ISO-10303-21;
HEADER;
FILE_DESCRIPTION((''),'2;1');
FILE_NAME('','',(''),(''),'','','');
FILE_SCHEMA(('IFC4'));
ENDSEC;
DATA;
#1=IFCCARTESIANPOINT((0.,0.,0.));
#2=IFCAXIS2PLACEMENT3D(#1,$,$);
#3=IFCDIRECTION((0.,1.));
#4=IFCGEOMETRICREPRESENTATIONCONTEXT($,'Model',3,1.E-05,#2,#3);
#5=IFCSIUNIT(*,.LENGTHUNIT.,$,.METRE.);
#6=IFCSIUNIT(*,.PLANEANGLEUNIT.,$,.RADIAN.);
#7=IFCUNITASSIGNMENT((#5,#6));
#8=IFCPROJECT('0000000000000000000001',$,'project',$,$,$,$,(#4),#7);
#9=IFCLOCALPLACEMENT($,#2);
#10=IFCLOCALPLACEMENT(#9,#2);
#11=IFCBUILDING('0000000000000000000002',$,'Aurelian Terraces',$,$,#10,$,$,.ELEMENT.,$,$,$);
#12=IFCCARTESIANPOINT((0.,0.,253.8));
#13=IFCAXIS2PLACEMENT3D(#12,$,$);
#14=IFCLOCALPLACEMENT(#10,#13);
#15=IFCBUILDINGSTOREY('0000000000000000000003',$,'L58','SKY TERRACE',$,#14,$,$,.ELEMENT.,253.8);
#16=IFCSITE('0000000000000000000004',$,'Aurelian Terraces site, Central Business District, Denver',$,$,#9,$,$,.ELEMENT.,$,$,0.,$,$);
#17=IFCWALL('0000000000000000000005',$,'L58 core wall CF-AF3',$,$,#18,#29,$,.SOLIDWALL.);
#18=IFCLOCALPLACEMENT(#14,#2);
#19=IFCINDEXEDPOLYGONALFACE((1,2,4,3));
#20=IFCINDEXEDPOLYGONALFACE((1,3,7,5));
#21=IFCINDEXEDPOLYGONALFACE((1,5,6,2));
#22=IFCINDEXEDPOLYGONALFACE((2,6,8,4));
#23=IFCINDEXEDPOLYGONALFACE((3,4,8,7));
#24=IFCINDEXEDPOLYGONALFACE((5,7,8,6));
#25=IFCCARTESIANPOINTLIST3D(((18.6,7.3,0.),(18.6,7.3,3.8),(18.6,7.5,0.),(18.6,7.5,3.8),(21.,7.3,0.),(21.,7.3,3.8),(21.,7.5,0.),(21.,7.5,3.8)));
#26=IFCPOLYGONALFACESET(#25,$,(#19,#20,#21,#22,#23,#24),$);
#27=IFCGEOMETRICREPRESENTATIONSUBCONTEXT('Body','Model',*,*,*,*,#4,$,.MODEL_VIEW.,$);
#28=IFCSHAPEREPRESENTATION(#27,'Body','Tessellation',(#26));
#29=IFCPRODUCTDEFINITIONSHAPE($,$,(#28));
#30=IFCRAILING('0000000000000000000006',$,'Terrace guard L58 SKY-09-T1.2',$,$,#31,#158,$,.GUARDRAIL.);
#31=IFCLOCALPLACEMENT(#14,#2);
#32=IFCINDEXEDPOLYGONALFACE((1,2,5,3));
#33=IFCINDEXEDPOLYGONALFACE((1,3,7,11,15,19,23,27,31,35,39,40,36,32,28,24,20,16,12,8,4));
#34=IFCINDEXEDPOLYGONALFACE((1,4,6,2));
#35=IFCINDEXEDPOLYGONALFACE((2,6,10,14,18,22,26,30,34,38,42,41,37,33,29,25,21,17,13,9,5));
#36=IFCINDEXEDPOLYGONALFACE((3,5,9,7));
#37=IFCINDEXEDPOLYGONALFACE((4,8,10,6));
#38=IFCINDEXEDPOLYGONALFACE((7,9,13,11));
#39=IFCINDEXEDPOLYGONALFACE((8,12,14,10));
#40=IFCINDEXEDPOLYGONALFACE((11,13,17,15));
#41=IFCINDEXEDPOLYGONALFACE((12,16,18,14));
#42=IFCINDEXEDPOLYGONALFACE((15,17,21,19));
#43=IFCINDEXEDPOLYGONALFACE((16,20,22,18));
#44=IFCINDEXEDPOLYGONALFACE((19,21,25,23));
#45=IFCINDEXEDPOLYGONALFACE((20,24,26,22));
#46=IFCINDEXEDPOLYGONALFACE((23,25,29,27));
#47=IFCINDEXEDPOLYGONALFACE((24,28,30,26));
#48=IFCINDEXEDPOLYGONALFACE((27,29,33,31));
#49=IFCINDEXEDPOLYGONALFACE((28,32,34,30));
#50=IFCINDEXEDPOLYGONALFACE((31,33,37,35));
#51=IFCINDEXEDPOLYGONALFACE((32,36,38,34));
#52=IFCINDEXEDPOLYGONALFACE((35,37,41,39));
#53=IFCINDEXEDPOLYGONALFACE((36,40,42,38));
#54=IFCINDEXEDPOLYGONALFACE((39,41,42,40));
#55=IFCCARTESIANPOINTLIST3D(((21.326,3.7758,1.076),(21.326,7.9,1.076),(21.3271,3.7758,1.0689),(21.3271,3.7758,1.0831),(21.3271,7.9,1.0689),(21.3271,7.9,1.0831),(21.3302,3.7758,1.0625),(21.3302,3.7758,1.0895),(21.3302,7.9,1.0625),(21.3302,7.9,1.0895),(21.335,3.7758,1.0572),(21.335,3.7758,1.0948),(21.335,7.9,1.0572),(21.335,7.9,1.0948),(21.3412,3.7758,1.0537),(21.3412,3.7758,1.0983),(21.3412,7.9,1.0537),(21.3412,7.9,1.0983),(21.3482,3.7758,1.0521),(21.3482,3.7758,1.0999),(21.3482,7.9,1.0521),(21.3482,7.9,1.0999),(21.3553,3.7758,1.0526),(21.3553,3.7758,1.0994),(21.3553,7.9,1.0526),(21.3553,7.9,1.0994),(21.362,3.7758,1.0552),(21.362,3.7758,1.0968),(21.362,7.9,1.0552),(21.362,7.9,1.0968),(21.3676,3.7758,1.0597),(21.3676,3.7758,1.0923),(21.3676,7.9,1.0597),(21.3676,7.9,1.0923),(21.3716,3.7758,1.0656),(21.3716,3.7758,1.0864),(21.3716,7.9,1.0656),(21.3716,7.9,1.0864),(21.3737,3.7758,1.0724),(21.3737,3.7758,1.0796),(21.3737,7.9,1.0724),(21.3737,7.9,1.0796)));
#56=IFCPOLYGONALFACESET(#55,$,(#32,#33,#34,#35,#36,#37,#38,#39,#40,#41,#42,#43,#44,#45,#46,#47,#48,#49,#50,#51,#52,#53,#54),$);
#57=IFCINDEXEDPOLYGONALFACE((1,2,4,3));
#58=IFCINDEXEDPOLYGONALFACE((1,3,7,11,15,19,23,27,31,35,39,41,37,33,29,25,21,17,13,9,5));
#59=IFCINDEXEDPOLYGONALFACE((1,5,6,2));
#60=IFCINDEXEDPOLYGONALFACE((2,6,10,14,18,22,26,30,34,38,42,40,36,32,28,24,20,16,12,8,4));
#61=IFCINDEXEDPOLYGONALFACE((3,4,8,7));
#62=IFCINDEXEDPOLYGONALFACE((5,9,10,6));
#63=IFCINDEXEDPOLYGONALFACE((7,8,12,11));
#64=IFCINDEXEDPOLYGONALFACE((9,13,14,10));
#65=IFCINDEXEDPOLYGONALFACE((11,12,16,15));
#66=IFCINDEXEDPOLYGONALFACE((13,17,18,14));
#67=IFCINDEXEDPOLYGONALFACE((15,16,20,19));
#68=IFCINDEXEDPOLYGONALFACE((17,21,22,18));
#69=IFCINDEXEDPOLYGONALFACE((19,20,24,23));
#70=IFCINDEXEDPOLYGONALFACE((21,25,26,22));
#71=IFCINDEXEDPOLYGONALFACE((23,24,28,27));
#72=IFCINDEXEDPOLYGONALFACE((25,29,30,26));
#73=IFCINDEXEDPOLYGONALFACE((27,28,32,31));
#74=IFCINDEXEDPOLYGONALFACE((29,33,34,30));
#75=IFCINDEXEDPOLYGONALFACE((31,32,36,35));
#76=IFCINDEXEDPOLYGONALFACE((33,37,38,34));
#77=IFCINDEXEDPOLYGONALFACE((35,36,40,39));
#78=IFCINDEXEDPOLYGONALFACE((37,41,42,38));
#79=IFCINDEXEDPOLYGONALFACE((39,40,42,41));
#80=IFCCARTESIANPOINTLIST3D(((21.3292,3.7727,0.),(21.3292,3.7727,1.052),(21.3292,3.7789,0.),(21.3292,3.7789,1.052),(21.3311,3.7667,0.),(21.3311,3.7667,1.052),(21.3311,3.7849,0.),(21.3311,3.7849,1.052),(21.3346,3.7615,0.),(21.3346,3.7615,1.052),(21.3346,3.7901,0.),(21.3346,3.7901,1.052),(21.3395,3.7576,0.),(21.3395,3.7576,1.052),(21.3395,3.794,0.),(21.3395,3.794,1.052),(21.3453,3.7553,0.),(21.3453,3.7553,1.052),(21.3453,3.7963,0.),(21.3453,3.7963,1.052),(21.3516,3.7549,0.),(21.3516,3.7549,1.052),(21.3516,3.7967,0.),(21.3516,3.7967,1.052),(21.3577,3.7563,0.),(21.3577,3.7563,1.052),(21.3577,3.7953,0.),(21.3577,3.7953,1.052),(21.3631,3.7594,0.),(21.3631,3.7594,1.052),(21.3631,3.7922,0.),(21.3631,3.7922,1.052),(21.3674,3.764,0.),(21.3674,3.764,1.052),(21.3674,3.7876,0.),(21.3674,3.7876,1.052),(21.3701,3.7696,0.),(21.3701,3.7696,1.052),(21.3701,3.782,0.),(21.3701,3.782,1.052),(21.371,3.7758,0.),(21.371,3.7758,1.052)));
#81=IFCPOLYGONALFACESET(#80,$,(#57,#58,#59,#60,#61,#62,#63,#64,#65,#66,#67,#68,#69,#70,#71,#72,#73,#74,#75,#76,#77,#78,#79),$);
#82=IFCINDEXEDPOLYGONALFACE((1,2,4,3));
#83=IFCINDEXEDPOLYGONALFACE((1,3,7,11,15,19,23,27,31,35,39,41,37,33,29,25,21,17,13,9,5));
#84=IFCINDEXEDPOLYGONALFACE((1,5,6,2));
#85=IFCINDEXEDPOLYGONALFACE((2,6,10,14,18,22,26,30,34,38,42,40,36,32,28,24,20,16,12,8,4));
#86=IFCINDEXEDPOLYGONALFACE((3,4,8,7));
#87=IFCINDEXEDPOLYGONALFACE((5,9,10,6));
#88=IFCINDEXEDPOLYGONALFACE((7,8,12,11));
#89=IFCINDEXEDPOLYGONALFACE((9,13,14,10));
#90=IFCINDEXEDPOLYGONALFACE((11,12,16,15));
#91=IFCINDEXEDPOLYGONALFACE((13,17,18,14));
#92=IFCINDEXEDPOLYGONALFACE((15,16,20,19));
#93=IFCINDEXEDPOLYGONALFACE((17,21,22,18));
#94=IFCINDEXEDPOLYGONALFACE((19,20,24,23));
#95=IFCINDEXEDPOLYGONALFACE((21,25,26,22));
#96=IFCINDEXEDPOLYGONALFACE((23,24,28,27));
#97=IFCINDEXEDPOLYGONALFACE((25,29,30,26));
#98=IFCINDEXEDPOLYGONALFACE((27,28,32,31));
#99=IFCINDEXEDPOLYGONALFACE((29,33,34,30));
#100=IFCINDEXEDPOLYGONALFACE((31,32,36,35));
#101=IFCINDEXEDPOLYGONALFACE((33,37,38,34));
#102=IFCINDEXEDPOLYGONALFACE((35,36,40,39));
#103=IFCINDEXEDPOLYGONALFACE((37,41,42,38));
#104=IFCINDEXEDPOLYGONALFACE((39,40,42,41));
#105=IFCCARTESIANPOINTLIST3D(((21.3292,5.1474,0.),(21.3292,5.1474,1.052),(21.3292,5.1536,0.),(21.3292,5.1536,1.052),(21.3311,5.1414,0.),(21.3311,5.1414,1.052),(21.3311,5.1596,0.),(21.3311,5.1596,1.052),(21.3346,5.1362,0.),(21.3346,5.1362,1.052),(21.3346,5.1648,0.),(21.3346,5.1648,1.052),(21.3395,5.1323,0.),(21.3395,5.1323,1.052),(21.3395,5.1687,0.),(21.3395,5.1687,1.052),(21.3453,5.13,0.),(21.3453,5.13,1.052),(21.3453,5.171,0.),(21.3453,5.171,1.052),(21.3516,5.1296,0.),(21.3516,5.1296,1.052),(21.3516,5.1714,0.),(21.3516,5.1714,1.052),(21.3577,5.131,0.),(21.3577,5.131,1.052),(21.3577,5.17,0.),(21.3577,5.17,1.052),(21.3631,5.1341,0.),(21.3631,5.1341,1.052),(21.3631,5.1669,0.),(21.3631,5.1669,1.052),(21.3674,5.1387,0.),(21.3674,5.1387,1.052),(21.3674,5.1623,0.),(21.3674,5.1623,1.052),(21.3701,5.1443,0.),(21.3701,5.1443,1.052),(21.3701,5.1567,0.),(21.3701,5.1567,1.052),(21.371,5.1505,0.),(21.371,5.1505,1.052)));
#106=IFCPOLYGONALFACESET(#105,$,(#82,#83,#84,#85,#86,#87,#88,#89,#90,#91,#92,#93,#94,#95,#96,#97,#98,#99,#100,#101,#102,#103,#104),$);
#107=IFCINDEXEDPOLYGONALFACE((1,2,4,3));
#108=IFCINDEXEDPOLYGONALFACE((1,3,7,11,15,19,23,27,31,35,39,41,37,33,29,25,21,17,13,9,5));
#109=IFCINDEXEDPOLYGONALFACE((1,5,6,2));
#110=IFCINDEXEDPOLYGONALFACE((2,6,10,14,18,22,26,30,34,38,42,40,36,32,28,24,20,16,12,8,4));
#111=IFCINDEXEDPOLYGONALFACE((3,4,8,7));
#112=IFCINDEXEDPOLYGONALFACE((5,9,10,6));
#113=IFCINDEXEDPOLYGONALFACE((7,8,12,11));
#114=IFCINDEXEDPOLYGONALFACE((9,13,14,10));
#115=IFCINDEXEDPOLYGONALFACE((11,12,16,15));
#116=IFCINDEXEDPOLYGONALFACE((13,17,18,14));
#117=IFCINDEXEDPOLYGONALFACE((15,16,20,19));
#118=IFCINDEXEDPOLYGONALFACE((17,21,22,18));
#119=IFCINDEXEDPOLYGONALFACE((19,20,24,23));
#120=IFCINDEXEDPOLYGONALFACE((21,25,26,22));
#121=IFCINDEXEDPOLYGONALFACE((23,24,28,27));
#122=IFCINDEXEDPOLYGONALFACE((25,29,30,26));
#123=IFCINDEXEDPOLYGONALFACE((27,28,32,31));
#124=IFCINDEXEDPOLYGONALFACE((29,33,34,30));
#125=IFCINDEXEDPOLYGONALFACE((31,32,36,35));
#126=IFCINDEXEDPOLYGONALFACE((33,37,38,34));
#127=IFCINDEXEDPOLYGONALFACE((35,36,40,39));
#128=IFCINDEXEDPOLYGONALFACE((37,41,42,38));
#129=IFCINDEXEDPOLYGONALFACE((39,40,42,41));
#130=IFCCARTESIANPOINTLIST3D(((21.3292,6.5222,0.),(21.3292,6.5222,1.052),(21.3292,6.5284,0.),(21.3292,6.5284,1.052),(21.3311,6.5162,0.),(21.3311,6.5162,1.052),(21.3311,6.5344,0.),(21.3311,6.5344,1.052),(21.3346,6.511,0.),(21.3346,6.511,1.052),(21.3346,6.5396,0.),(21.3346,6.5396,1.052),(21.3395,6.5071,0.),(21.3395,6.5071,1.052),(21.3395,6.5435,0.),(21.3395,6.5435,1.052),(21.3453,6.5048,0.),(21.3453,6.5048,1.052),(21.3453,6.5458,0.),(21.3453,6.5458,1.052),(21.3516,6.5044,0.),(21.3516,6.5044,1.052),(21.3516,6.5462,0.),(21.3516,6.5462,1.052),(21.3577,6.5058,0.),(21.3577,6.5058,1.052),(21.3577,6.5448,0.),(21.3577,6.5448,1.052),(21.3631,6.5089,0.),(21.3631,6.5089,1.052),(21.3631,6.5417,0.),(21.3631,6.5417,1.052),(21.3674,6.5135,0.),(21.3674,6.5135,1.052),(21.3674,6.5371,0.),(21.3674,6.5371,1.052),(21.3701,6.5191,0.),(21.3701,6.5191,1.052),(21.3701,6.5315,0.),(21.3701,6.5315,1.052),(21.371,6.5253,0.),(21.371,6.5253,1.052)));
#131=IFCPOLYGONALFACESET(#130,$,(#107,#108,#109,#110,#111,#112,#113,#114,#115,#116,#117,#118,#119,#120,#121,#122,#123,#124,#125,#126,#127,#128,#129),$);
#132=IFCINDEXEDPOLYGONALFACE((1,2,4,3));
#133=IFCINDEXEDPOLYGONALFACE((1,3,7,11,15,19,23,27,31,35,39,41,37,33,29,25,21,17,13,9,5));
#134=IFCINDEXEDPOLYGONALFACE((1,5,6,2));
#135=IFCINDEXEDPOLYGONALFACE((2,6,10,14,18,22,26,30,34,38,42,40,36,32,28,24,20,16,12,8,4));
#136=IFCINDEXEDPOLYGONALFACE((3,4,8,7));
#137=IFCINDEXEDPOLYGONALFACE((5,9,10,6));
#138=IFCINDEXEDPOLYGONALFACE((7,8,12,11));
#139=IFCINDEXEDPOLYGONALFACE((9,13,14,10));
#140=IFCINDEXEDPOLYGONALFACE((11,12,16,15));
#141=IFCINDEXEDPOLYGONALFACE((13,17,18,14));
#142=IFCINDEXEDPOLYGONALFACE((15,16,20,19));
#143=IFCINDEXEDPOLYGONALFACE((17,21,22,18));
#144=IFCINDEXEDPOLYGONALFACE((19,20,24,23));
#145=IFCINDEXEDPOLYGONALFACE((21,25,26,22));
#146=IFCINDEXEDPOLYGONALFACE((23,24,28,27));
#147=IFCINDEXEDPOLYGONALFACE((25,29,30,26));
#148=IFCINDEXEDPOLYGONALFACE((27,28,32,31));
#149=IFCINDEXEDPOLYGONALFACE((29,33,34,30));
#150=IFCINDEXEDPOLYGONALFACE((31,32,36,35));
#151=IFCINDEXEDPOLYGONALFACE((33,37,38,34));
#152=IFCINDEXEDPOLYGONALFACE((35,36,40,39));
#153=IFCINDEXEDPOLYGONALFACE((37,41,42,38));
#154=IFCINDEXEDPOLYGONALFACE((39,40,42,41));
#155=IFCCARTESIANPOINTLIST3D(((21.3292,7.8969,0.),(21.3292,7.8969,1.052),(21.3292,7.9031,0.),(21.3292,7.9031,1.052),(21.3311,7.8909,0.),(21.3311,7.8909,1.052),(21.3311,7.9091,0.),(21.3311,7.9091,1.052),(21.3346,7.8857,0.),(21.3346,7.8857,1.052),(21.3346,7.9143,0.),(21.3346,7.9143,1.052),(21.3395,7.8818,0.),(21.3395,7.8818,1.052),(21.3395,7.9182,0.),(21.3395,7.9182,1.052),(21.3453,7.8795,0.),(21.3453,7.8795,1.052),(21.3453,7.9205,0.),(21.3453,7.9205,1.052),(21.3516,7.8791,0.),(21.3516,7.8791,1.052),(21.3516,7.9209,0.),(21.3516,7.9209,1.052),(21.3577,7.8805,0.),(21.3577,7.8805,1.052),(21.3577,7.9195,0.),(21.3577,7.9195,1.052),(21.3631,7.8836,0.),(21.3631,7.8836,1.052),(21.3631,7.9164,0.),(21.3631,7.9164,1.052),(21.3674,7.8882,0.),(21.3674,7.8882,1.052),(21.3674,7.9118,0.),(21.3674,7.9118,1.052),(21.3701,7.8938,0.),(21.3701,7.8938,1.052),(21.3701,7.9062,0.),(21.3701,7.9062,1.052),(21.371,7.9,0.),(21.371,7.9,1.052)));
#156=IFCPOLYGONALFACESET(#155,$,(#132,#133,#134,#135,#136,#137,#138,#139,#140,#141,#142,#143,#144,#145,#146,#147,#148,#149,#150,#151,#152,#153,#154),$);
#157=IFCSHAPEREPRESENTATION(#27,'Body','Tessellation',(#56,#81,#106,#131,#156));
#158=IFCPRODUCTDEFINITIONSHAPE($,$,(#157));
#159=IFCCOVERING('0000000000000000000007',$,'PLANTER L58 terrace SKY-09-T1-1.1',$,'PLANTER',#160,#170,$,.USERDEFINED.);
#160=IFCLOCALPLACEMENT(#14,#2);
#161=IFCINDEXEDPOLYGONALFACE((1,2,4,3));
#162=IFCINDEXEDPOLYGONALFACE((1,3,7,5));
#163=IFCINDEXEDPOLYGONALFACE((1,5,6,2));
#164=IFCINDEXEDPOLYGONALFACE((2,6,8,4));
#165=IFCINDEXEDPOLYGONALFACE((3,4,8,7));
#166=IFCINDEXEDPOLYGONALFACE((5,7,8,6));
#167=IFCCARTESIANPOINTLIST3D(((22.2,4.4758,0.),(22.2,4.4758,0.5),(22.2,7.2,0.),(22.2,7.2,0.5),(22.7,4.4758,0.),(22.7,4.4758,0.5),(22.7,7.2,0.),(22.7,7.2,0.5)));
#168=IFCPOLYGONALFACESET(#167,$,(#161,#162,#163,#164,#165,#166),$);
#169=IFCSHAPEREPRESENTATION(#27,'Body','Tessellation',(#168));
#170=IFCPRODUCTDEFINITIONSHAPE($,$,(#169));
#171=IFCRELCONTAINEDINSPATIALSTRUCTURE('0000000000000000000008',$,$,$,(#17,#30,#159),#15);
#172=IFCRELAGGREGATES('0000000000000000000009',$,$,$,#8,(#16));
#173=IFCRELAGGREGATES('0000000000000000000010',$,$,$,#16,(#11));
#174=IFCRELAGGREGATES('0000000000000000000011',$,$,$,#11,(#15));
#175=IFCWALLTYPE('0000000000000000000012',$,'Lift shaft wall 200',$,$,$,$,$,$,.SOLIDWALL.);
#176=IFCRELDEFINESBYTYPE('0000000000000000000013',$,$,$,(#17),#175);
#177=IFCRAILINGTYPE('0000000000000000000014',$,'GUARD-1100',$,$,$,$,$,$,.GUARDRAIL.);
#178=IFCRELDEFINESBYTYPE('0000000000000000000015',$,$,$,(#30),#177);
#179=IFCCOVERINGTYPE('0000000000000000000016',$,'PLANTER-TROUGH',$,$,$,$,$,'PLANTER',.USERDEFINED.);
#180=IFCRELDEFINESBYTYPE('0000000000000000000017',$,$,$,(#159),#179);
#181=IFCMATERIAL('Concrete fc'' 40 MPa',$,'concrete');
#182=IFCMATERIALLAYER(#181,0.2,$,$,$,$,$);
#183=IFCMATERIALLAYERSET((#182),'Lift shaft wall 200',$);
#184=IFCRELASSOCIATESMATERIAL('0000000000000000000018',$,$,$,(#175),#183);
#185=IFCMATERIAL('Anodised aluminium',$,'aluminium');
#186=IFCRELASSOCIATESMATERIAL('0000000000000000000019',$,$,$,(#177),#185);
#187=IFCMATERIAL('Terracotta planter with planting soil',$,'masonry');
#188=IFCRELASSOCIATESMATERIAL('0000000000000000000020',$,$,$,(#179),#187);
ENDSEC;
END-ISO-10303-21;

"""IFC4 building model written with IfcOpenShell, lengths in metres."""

from ifc_helpers import new_model, si_unit, direction, frame, frame_2d, origin, origin_2d, place, context, subcontext, project, spatial, rectangle, circle, extrude, source, transform, mapped, material, layer, layer_set, type_object, element, save


model = new_model("IFC4")

# Units and contexts
model_context = context("Model", 3, precision=1e-05, world=origin(), true_north=direction((0.0, 1.0)))
body_context = subcontext(model_context, "Body", "Model", "MODEL_VIEW")
ifc_project = project(units=[si_unit("LENGTHUNIT", "METRE"), si_unit("PLANEANGLEUNIT", "RADIAN")], contexts=[model_context])

# Site, building, storey
site_placement = place(None, origin())
site = spatial("IfcSite", under=ifc_project, at=site_placement, Name="Aurelian Terraces site, Central Business District, Denver", CompositionType="ELEMENT", RefElevation=0.0)
building_placement = place(site_placement, origin())
building = spatial("IfcBuilding", under=site, at=building_placement, Name="Aurelian Terraces", CompositionType="ELEMENT")
storey_placement = place(building_placement, frame((0.0, 0.0, 253.8)))
storey = spatial("IfcBuildingStorey", under=building, at=storey_placement, Name="L58", Description="SKY TERRACE", CompositionType="ELEMENT", Elevation=253.8)

# Shared definitions
ifc_material_1 = material(Name="Concrete fc' 40 MPa", Category="concrete")

# Shared definitions
ifc_material_2 = material(Name="Anodised aluminium", Category="aluminium")

# Wall
ifc_layer_1 = layer(ifc_material_1, 0.2)
ifc_layer_set_1 = layer_set([ifc_layer_1], Name="Lift shaft wall 200")
wall_type_1 = type_object("IfcWallType", Name="Lift shaft wall 200", PredefinedType="SOLIDWALL", material=ifc_layer_set_1)
shared_shape_1 = source(origin(), body_context, "Body", "SweptSolid", [
    extrude(rectangle(XDim=2.4, YDim=0.2, at=frame_2d((1.2, 0.0))), origin(), (0.0, 0.0, 1.0), 3.8),
])
wall_1_placement = place(storey_placement, frame((18.6, 7.4, 0.0), z_axis=(0.0, 0.0, 1.0), x_axis=(1.0, 0.0, 0.0)))
element("IfcWall", 1, at=wall_1_placement, inside=storey, type_object=wall_type_1, Name="L58 core wall CF-AF3", PredefinedType="SOLIDWALL", context=body_context, shape_type="MappedRepresentation", body=[
    mapped(shared_shape_1, transform((0.0, 0.0, 0.0), scale=1.0)),
])

# Railing
railing_type = type_object("IfcRailingType", Name="GUARD-1100", PredefinedType="GUARDRAIL", material=ifc_material_2)
shared_shape_2 = source(origin(), body_context, "Body", "SweptSolid", [
    extrude(circle(Radius=0.024, at=origin_2d()), frame((0.0, 0.0, 1.076), z_axis=(0.0, 1.0, 0.0), x_axis=(-1.0, 0.0, 0.0)), (0.0, 0.0, 1.0), 4.1242),
    extrude(circle(Radius=0.021, at=origin_2d()), origin(), (0.0, 0.0, 1.0), 1.052),
    extrude(circle(Radius=0.021, at=origin_2d()), frame((0.0, 1.3747, 0.0)), (0.0, 0.0, 1.0), 1.052),
    extrude(circle(Radius=0.021, at=origin_2d()), frame((0.0, 2.7495, 0.0)), (0.0, 0.0, 1.0), 1.052),
    extrude(circle(Radius=0.021, at=origin_2d()), frame((0.0, 4.1242, 0.0)), (0.0, 0.0, 1.0), 1.052),
])
railing_placement = place(storey_placement, frame((21.35, 3.7758, 0.0)))
element("IfcRailing", 2, at=railing_placement, inside=storey, type_object=railing_type, Name="Terrace guard L58 SKY-09-T1.2", PredefinedType="GUARDRAIL", context=body_context, shape_type="MappedRepresentation", body=[
    mapped(shared_shape_2, transform((0.0, 0.0, 0.0), scale=1.0)),
])

# Covering
ifc_material_3 = material(Name="Terracotta planter with planting soil", Category="masonry")
covering_type = type_object("IfcCoveringType", Name="PLANTER-TROUGH", ElementType="PLANTER", PredefinedType="USERDEFINED", material=ifc_material_3)
shared_shape_3 = source(origin(), body_context, "Body", "SweptSolid", [
    extrude(rectangle(XDim=0.5, YDim=2.7242, at=origin_2d()), origin(), (0.0, 0.0, 1.0), 0.5),
])
covering_placement = place(storey_placement, frame((22.45, 5.8379, 0.0), z_axis=(0.0, 0.0, 1.0), x_axis=(1.0, 0.0, 0.0)))
element("IfcCovering", 3, at=covering_placement, inside=storey, type_object=covering_type, Name="PLANTER L58 terrace SKY-09-T1-1.1", ObjectType="PLANTER", PredefinedType="USERDEFINED", context=body_context, shape_type="MappedRepresentation", body=[
    mapped(shared_shape_3, transform((0.0, 0.0, 0.0), scale=1.0)),
])

save(model, "model.ifc")
